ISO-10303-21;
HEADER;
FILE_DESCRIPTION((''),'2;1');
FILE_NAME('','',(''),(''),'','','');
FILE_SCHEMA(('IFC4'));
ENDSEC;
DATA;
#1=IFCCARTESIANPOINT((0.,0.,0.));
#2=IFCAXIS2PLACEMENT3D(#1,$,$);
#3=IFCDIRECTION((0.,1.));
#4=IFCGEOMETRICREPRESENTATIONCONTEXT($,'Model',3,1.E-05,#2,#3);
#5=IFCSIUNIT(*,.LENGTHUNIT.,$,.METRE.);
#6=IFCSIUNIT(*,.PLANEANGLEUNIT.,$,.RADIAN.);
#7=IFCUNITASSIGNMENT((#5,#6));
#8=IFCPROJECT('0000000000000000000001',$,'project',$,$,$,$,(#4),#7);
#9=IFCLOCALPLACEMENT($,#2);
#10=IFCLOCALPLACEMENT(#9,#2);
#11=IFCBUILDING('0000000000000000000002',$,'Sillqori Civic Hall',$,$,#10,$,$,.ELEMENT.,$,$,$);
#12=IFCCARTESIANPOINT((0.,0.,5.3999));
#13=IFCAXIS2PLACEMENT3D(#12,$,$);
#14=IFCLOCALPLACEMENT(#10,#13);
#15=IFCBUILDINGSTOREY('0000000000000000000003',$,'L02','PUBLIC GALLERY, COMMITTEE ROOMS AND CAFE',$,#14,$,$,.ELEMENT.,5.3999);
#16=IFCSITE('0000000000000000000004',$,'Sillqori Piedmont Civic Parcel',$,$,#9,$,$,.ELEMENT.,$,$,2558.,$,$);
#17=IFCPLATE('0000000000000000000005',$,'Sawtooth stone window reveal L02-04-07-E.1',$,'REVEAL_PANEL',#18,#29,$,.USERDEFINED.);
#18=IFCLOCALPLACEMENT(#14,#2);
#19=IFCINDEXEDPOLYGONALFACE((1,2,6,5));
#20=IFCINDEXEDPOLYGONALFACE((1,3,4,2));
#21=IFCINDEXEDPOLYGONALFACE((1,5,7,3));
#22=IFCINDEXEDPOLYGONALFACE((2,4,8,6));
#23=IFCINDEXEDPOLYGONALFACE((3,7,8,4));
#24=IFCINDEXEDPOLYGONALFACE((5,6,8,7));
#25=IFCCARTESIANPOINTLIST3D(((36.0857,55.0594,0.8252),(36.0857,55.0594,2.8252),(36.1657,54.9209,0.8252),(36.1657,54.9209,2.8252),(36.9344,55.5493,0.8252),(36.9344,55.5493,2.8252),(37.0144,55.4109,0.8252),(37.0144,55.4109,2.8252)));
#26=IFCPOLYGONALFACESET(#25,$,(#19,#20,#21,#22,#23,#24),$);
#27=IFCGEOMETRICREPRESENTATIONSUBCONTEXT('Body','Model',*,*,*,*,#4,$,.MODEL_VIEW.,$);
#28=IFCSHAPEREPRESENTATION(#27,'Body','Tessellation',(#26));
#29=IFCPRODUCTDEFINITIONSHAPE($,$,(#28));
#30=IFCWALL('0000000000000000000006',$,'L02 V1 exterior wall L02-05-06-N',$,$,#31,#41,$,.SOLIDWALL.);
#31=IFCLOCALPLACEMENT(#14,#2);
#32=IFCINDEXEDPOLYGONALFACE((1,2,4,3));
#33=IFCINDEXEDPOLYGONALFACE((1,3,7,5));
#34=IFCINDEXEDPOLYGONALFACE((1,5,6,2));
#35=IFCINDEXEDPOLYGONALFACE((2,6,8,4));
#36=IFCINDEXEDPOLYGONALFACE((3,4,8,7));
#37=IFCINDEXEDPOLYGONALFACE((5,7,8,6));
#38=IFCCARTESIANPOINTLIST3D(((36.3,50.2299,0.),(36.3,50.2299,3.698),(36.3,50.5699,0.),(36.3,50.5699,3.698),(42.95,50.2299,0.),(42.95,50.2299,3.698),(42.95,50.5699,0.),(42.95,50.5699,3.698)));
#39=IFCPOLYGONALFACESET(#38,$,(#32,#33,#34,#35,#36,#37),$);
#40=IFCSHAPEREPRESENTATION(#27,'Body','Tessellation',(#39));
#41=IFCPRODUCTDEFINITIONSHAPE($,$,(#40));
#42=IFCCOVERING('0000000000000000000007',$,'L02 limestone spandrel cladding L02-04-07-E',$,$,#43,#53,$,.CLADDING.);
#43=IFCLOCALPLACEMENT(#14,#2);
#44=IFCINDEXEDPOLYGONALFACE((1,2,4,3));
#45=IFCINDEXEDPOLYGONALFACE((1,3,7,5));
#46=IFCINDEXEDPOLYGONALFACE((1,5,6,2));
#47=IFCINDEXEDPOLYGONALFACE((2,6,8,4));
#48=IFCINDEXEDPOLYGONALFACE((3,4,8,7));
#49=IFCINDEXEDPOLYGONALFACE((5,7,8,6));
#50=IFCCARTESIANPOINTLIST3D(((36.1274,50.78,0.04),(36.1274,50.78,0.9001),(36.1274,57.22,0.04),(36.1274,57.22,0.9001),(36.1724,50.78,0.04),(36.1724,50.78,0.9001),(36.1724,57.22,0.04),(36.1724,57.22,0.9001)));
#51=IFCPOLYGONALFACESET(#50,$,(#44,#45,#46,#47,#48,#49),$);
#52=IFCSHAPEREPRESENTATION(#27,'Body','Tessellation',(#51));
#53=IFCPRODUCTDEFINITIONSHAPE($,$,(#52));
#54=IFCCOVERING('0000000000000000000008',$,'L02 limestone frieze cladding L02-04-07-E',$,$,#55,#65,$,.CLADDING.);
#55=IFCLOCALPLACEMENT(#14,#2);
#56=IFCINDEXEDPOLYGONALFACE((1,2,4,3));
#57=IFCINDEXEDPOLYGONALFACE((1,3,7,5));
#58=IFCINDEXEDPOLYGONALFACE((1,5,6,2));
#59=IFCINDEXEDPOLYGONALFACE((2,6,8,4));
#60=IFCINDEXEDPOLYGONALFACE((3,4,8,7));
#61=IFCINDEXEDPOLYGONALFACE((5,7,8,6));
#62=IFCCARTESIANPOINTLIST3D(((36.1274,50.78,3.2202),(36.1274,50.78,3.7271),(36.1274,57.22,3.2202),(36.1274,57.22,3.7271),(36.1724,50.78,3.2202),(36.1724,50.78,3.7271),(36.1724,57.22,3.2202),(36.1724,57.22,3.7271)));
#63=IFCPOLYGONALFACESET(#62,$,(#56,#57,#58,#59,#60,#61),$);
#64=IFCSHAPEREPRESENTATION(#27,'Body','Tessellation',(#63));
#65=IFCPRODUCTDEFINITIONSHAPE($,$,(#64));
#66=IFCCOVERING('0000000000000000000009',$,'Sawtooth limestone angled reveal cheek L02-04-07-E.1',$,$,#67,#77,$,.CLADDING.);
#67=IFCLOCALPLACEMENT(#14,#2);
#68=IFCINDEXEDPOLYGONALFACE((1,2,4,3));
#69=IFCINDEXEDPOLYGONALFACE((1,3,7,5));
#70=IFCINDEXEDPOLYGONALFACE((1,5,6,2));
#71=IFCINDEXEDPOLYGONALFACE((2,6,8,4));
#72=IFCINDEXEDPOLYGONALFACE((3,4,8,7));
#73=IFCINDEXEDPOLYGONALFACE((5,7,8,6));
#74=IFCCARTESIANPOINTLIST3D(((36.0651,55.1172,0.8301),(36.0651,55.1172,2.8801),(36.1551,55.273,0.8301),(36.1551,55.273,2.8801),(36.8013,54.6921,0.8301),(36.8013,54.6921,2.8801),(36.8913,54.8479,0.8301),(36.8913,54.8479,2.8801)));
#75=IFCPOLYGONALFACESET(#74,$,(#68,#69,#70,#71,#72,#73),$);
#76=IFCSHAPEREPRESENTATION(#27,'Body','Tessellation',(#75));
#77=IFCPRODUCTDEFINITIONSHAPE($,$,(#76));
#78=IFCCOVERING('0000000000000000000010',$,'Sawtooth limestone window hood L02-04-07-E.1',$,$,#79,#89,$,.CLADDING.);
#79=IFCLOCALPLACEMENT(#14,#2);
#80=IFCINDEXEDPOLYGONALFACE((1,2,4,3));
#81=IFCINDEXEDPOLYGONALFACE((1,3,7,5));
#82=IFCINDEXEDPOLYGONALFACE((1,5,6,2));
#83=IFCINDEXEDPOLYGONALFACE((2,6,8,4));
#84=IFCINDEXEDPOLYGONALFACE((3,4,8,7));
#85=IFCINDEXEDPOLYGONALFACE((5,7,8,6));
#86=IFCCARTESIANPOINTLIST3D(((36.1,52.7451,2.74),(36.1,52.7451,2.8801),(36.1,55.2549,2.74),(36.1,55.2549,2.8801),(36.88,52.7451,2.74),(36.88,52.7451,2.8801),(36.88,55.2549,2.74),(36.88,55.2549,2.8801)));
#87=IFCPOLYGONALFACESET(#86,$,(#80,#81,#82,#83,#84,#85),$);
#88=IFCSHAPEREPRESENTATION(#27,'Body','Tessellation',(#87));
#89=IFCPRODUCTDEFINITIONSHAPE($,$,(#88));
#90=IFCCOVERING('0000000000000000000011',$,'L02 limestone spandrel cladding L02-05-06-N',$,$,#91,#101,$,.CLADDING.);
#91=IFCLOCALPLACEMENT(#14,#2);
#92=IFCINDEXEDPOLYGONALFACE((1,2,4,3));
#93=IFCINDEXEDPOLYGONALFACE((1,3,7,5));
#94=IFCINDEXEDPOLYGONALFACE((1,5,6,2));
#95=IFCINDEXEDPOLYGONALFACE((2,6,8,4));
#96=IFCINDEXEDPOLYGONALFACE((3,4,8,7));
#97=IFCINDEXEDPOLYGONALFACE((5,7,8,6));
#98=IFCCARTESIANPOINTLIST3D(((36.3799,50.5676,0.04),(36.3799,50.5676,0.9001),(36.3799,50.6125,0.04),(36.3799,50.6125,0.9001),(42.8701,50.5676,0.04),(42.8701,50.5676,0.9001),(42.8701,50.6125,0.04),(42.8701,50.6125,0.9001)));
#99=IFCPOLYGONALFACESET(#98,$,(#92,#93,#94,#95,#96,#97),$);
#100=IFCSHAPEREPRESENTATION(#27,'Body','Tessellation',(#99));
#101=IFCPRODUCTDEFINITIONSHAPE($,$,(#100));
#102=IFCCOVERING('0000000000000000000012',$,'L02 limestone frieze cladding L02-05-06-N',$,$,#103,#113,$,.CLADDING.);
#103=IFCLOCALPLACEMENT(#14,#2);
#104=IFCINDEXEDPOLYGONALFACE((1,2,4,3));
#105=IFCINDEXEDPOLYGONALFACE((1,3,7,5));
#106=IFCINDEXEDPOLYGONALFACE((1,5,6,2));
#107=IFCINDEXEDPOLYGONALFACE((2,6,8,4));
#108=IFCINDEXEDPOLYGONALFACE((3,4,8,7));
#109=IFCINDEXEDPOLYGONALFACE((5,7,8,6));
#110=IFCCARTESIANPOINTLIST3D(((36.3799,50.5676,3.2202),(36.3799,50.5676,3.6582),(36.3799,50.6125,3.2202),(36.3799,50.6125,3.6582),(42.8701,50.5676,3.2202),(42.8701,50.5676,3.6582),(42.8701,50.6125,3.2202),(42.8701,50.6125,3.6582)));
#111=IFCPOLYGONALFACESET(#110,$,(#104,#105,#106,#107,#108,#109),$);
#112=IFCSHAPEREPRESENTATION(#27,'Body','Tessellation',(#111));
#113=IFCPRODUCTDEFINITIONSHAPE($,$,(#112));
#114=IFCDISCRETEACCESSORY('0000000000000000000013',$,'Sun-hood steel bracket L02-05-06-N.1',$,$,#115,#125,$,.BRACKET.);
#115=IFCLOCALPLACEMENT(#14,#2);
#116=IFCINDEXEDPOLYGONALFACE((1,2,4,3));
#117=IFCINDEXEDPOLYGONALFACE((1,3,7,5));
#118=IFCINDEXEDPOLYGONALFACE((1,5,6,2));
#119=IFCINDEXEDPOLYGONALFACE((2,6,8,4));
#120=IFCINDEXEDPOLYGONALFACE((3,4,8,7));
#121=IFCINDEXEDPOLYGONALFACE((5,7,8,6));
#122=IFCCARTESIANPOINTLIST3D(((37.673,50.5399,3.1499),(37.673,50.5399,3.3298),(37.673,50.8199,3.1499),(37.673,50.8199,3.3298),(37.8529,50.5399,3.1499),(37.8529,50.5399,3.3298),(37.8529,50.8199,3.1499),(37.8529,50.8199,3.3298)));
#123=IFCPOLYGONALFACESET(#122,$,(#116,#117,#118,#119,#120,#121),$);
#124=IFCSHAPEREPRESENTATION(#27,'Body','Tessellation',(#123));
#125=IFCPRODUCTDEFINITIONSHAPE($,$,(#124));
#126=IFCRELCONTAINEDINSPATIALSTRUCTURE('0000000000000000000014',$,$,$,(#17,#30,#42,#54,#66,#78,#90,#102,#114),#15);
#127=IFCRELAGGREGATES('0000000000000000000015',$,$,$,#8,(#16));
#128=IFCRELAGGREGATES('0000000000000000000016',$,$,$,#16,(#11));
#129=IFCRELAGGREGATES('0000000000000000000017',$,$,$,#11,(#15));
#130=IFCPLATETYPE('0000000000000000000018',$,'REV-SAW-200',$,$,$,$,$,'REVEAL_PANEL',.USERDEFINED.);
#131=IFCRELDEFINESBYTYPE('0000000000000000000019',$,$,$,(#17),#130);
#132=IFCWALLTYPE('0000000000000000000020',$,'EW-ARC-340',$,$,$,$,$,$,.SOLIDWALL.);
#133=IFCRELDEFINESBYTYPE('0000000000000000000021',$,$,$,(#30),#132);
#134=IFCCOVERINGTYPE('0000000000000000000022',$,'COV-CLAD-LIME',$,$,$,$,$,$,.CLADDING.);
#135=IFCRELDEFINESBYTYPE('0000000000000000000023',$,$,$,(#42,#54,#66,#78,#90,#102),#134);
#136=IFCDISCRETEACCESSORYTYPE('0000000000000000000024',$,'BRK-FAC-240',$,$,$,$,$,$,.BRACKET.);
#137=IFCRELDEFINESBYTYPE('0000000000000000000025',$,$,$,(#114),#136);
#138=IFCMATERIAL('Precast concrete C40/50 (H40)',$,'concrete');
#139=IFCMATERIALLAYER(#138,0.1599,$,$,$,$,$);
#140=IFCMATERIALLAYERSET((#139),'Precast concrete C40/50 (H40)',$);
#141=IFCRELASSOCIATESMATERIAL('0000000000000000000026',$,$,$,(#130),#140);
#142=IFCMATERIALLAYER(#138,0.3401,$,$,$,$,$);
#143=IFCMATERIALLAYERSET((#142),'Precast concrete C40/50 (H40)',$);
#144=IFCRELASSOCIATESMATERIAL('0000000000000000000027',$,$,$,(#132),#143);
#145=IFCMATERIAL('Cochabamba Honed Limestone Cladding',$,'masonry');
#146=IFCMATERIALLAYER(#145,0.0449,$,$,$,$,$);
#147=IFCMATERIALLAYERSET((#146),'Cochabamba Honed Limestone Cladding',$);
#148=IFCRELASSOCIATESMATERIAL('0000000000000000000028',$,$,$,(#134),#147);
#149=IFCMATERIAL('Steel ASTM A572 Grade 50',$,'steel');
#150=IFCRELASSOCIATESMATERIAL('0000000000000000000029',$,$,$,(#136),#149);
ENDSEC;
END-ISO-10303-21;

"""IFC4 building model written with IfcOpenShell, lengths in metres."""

from ifc_helpers import new_model, si_unit, direction, frame, frame_2d, origin, origin_2d, place, context, subcontext, project, spatial, rectangle, extrude, material, layer, layer_set, type_object, element, save


model = new_model("IFC4")

# Units and contexts
model_context = context("Model", 3, precision=1e-05, world=origin(), true_north=direction((0.0, 1.0)))
body_context = subcontext(model_context, "Body", "Model", "MODEL_VIEW")
ifc_project = project(units=[si_unit("LENGTHUNIT", "METRE"), si_unit("PLANEANGLEUNIT", "RADIAN")], contexts=[model_context])

# Site, building, storey
site_placement = place(None, origin())
site = spatial("IfcSite", under=ifc_project, at=site_placement, Name="Sillqori Piedmont Civic Parcel", CompositionType="ELEMENT", RefElevation=2558.0)
building_placement = place(site_placement, origin())
building = spatial("IfcBuilding", under=site, at=building_placement, Name="Sillqori Civic Hall", CompositionType="ELEMENT")
storey_placement = place(building_placement, frame((0.0, 0.0, 5.3999)))
storey = spatial("IfcBuildingStorey", under=building, at=storey_placement, Name="L02", Description="PUBLIC GALLERY, COMMITTEE ROOMS AND CAFE", CompositionType="ELEMENT", Elevation=5.3999)

# Plate
ifc_material_1 = material(Name="Precast concrete C40/50 (H40)", Category="concrete")
ifc_layer_1 = layer(ifc_material_1, 0.1599)
ifc_layer_set_1 = layer_set([ifc_layer_1], Name="Precast concrete C40/50 (H40)")
plate_type_1 = type_object("IfcPlateType", Name="REV-SAW-200", ElementType="REVEAL_PANEL", PredefinedType="USERDEFINED", material=ifc_layer_set_1)
plate_1_placement = place(storey_placement, frame((36.55, 55.2351, 0.8252), z_axis=(0.0, 0.0, 1.0), x_axis=(0.5, -0.866025, 0.0)))
element("IfcPlate", 1, at=plate_1_placement, inside=storey, type_object=plate_type_1, Name="Sawtooth stone window reveal L02-04-07-E.1", ObjectType="REVEAL_PANEL", PredefinedType="USERDEFINED", context=body_context, shape_type="SweptSolid", body=[
    extrude(rectangle(XDim=0.1599, YDim=0.98, at=origin_2d()), origin(), (0.0, 0.0, 1.0), 2.0),
])

# Wall
ifc_layer_2 = layer(ifc_material_1, 0.3401)
ifc_layer_set_2 = layer_set([ifc_layer_2], Name="Precast concrete C40/50 (H40)")
wall_type = type_object("IfcWallType", Name="EW-ARC-340", PredefinedType="SOLIDWALL", material=ifc_layer_set_2)
wall_placement = place(storey_placement, frame((36.3, 50.3999, 0.0), z_axis=(0.0, 0.0, 1.0), x_axis=(1.0, 0.0, 0.0)))
element("IfcWall", 2, at=wall_placement, inside=storey, type_object=wall_type, Name="L02 V1 exterior wall L02-05-06-N", PredefinedType="SOLIDWALL", context=body_context, shape_type="SweptSolid", body=[
    extrude(rectangle(XDim=6.6499, YDim=0.3401, at=frame_2d((3.325, 0.0))), origin(), (0.0, 0.0, 1.0), 3.698),
])

# Coverings
ifc_material_2 = material(Name="Cochabamba Honed Limestone Cladding", Category="masonry")
ifc_layer_3 = layer(ifc_material_2, 0.0449)
ifc_layer_set_3 = layer_set([ifc_layer_3], Name="Cochabamba Honed Limestone Cladding")
covering_type = type_object("IfcCoveringType", Name="COV-CLAD-LIME", PredefinedType="CLADDING", material=ifc_layer_set_3)
covering_1_placement = place(storey_placement, frame((36.1499, 57.22, 0.04), z_axis=(0.0, 0.0, 1.0), x_axis=(0.0, -1.0, 0.0)))
element("IfcCovering", 3, at=covering_1_placement, inside=storey, type_object=covering_type, Name="L02 limestone spandrel cladding L02-04-07-E", PredefinedType="CLADDING", context=body_context, shape_type="SweptSolid", body=[
    extrude(rectangle(XDim=6.4399, YDim=0.0449, at=frame_2d((3.22, 0.0))), origin(), (0.0, 0.0, 1.0), 0.8601),
])
covering_2_placement = place(storey_placement, frame((36.1499, 57.22, 3.2202), z_axis=(0.0, 0.0, 1.0), x_axis=(0.0, -1.0, 0.0)))
element("IfcCovering", 4, at=covering_2_placement, inside=storey, type_object=covering_type, Name="L02 limestone frieze cladding L02-04-07-E", PredefinedType="CLADDING", context=body_context, shape_type="SweptSolid", body=[
    extrude(rectangle(XDim=6.4399, YDim=0.0449, at=frame_2d((3.22, 0.0))), origin(), (0.0, 0.0, 1.0), 0.5068),
])
covering_3_placement = place(storey_placement, frame((36.1101, 55.1951, 0.8301), z_axis=(0.0, 0.0, 1.0), x_axis=(0.865989, -0.500062, 0.0)))
element("IfcCovering", 5, at=covering_3_placement, inside=storey, type_object=covering_type, Name="Sawtooth limestone angled reveal cheek L02-04-07-E.1", PredefinedType="CLADDING", context=body_context, shape_type="SweptSolid", body=[
    extrude(rectangle(XDim=0.8501, YDim=0.1799, at=frame_2d((0.425, 0.0))), origin(), (0.0, 0.0, 1.0), 2.05),
])
covering_4_placement = place(storey_placement, frame((36.49, 55.2549, 2.74), z_axis=(0.0, 0.0, 1.0), x_axis=(0.0, -1.0, 0.0)))
element("IfcCovering", 6, at=covering_4_placement, inside=storey, type_object=covering_type, Name="Sawtooth limestone window hood L02-04-07-E.1", PredefinedType="CLADDING", context=body_context, shape_type="SweptSolid", body=[
    extrude(rectangle(XDim=2.5098, YDim=0.78, at=frame_2d((1.2549, 0.0))), origin(), (0.0, 0.0, 1.0), 0.1401),
])
covering_5_placement = place(storey_placement, frame((36.3799, 50.5901, 0.04), z_axis=(0.0, 0.0, 1.0), x_axis=(1.0, 0.0, 0.0)))
element("IfcCovering", 7, at=covering_5_placement, inside=storey, type_object=covering_type, Name="L02 limestone spandrel cladding L02-05-06-N", PredefinedType="CLADDING", context=body_context, shape_type="SweptSolid", body=[
    extrude(rectangle(XDim=6.4902, YDim=0.0449, at=frame_2d((3.2451, 0.0))), origin(), (0.0, 0.0, 1.0), 0.8601),
])
covering_6_placement = place(storey_placement, frame((36.3799, 50.5901, 3.2202), z_axis=(0.0, 0.0, 1.0), x_axis=(1.0, 0.0, 0.0)))
element("IfcCovering", 8, at=covering_6_placement, inside=storey, type_object=covering_type, Name="L02 limestone frieze cladding L02-05-06-N", PredefinedType="CLADDING", context=body_context, shape_type="SweptSolid", body=[
    extrude(rectangle(XDim=6.4902, YDim=0.0449, at=frame_2d((3.2451, 0.0))), origin(), (0.0, 0.0, 1.0), 0.438),
])

# Discrete accessory
ifc_material_3 = material(Name="Steel ASTM A572 Grade 50", Category="steel")
discrete_accessory_type = type_object("IfcDiscreteAccessoryType", Name="BRK-FAC-240", PredefinedType="BRACKET", material=ifc_material_3)
discrete_accessory_placement = place(storey_placement, frame((37.7629, 50.6799, 3.1499), z_axis=(0.0, 0.0, 1.0), x_axis=(1.0, 0.0, 0.0)))
element("IfcDiscreteAccessory", 9, at=discrete_accessory_placement, inside=storey, type_object=discrete_accessory_type, Name="Sun-hood steel bracket L02-05-06-N.1", PredefinedType="BRACKET", context=body_context, shape_type="SweptSolid", body=[
    extrude(rectangle(XDim=0.1799, YDim=0.28, at=origin_2d()), origin(), (0.0, 0.0, 1.0), 0.1799),
])

save(model, "model.ifc")
